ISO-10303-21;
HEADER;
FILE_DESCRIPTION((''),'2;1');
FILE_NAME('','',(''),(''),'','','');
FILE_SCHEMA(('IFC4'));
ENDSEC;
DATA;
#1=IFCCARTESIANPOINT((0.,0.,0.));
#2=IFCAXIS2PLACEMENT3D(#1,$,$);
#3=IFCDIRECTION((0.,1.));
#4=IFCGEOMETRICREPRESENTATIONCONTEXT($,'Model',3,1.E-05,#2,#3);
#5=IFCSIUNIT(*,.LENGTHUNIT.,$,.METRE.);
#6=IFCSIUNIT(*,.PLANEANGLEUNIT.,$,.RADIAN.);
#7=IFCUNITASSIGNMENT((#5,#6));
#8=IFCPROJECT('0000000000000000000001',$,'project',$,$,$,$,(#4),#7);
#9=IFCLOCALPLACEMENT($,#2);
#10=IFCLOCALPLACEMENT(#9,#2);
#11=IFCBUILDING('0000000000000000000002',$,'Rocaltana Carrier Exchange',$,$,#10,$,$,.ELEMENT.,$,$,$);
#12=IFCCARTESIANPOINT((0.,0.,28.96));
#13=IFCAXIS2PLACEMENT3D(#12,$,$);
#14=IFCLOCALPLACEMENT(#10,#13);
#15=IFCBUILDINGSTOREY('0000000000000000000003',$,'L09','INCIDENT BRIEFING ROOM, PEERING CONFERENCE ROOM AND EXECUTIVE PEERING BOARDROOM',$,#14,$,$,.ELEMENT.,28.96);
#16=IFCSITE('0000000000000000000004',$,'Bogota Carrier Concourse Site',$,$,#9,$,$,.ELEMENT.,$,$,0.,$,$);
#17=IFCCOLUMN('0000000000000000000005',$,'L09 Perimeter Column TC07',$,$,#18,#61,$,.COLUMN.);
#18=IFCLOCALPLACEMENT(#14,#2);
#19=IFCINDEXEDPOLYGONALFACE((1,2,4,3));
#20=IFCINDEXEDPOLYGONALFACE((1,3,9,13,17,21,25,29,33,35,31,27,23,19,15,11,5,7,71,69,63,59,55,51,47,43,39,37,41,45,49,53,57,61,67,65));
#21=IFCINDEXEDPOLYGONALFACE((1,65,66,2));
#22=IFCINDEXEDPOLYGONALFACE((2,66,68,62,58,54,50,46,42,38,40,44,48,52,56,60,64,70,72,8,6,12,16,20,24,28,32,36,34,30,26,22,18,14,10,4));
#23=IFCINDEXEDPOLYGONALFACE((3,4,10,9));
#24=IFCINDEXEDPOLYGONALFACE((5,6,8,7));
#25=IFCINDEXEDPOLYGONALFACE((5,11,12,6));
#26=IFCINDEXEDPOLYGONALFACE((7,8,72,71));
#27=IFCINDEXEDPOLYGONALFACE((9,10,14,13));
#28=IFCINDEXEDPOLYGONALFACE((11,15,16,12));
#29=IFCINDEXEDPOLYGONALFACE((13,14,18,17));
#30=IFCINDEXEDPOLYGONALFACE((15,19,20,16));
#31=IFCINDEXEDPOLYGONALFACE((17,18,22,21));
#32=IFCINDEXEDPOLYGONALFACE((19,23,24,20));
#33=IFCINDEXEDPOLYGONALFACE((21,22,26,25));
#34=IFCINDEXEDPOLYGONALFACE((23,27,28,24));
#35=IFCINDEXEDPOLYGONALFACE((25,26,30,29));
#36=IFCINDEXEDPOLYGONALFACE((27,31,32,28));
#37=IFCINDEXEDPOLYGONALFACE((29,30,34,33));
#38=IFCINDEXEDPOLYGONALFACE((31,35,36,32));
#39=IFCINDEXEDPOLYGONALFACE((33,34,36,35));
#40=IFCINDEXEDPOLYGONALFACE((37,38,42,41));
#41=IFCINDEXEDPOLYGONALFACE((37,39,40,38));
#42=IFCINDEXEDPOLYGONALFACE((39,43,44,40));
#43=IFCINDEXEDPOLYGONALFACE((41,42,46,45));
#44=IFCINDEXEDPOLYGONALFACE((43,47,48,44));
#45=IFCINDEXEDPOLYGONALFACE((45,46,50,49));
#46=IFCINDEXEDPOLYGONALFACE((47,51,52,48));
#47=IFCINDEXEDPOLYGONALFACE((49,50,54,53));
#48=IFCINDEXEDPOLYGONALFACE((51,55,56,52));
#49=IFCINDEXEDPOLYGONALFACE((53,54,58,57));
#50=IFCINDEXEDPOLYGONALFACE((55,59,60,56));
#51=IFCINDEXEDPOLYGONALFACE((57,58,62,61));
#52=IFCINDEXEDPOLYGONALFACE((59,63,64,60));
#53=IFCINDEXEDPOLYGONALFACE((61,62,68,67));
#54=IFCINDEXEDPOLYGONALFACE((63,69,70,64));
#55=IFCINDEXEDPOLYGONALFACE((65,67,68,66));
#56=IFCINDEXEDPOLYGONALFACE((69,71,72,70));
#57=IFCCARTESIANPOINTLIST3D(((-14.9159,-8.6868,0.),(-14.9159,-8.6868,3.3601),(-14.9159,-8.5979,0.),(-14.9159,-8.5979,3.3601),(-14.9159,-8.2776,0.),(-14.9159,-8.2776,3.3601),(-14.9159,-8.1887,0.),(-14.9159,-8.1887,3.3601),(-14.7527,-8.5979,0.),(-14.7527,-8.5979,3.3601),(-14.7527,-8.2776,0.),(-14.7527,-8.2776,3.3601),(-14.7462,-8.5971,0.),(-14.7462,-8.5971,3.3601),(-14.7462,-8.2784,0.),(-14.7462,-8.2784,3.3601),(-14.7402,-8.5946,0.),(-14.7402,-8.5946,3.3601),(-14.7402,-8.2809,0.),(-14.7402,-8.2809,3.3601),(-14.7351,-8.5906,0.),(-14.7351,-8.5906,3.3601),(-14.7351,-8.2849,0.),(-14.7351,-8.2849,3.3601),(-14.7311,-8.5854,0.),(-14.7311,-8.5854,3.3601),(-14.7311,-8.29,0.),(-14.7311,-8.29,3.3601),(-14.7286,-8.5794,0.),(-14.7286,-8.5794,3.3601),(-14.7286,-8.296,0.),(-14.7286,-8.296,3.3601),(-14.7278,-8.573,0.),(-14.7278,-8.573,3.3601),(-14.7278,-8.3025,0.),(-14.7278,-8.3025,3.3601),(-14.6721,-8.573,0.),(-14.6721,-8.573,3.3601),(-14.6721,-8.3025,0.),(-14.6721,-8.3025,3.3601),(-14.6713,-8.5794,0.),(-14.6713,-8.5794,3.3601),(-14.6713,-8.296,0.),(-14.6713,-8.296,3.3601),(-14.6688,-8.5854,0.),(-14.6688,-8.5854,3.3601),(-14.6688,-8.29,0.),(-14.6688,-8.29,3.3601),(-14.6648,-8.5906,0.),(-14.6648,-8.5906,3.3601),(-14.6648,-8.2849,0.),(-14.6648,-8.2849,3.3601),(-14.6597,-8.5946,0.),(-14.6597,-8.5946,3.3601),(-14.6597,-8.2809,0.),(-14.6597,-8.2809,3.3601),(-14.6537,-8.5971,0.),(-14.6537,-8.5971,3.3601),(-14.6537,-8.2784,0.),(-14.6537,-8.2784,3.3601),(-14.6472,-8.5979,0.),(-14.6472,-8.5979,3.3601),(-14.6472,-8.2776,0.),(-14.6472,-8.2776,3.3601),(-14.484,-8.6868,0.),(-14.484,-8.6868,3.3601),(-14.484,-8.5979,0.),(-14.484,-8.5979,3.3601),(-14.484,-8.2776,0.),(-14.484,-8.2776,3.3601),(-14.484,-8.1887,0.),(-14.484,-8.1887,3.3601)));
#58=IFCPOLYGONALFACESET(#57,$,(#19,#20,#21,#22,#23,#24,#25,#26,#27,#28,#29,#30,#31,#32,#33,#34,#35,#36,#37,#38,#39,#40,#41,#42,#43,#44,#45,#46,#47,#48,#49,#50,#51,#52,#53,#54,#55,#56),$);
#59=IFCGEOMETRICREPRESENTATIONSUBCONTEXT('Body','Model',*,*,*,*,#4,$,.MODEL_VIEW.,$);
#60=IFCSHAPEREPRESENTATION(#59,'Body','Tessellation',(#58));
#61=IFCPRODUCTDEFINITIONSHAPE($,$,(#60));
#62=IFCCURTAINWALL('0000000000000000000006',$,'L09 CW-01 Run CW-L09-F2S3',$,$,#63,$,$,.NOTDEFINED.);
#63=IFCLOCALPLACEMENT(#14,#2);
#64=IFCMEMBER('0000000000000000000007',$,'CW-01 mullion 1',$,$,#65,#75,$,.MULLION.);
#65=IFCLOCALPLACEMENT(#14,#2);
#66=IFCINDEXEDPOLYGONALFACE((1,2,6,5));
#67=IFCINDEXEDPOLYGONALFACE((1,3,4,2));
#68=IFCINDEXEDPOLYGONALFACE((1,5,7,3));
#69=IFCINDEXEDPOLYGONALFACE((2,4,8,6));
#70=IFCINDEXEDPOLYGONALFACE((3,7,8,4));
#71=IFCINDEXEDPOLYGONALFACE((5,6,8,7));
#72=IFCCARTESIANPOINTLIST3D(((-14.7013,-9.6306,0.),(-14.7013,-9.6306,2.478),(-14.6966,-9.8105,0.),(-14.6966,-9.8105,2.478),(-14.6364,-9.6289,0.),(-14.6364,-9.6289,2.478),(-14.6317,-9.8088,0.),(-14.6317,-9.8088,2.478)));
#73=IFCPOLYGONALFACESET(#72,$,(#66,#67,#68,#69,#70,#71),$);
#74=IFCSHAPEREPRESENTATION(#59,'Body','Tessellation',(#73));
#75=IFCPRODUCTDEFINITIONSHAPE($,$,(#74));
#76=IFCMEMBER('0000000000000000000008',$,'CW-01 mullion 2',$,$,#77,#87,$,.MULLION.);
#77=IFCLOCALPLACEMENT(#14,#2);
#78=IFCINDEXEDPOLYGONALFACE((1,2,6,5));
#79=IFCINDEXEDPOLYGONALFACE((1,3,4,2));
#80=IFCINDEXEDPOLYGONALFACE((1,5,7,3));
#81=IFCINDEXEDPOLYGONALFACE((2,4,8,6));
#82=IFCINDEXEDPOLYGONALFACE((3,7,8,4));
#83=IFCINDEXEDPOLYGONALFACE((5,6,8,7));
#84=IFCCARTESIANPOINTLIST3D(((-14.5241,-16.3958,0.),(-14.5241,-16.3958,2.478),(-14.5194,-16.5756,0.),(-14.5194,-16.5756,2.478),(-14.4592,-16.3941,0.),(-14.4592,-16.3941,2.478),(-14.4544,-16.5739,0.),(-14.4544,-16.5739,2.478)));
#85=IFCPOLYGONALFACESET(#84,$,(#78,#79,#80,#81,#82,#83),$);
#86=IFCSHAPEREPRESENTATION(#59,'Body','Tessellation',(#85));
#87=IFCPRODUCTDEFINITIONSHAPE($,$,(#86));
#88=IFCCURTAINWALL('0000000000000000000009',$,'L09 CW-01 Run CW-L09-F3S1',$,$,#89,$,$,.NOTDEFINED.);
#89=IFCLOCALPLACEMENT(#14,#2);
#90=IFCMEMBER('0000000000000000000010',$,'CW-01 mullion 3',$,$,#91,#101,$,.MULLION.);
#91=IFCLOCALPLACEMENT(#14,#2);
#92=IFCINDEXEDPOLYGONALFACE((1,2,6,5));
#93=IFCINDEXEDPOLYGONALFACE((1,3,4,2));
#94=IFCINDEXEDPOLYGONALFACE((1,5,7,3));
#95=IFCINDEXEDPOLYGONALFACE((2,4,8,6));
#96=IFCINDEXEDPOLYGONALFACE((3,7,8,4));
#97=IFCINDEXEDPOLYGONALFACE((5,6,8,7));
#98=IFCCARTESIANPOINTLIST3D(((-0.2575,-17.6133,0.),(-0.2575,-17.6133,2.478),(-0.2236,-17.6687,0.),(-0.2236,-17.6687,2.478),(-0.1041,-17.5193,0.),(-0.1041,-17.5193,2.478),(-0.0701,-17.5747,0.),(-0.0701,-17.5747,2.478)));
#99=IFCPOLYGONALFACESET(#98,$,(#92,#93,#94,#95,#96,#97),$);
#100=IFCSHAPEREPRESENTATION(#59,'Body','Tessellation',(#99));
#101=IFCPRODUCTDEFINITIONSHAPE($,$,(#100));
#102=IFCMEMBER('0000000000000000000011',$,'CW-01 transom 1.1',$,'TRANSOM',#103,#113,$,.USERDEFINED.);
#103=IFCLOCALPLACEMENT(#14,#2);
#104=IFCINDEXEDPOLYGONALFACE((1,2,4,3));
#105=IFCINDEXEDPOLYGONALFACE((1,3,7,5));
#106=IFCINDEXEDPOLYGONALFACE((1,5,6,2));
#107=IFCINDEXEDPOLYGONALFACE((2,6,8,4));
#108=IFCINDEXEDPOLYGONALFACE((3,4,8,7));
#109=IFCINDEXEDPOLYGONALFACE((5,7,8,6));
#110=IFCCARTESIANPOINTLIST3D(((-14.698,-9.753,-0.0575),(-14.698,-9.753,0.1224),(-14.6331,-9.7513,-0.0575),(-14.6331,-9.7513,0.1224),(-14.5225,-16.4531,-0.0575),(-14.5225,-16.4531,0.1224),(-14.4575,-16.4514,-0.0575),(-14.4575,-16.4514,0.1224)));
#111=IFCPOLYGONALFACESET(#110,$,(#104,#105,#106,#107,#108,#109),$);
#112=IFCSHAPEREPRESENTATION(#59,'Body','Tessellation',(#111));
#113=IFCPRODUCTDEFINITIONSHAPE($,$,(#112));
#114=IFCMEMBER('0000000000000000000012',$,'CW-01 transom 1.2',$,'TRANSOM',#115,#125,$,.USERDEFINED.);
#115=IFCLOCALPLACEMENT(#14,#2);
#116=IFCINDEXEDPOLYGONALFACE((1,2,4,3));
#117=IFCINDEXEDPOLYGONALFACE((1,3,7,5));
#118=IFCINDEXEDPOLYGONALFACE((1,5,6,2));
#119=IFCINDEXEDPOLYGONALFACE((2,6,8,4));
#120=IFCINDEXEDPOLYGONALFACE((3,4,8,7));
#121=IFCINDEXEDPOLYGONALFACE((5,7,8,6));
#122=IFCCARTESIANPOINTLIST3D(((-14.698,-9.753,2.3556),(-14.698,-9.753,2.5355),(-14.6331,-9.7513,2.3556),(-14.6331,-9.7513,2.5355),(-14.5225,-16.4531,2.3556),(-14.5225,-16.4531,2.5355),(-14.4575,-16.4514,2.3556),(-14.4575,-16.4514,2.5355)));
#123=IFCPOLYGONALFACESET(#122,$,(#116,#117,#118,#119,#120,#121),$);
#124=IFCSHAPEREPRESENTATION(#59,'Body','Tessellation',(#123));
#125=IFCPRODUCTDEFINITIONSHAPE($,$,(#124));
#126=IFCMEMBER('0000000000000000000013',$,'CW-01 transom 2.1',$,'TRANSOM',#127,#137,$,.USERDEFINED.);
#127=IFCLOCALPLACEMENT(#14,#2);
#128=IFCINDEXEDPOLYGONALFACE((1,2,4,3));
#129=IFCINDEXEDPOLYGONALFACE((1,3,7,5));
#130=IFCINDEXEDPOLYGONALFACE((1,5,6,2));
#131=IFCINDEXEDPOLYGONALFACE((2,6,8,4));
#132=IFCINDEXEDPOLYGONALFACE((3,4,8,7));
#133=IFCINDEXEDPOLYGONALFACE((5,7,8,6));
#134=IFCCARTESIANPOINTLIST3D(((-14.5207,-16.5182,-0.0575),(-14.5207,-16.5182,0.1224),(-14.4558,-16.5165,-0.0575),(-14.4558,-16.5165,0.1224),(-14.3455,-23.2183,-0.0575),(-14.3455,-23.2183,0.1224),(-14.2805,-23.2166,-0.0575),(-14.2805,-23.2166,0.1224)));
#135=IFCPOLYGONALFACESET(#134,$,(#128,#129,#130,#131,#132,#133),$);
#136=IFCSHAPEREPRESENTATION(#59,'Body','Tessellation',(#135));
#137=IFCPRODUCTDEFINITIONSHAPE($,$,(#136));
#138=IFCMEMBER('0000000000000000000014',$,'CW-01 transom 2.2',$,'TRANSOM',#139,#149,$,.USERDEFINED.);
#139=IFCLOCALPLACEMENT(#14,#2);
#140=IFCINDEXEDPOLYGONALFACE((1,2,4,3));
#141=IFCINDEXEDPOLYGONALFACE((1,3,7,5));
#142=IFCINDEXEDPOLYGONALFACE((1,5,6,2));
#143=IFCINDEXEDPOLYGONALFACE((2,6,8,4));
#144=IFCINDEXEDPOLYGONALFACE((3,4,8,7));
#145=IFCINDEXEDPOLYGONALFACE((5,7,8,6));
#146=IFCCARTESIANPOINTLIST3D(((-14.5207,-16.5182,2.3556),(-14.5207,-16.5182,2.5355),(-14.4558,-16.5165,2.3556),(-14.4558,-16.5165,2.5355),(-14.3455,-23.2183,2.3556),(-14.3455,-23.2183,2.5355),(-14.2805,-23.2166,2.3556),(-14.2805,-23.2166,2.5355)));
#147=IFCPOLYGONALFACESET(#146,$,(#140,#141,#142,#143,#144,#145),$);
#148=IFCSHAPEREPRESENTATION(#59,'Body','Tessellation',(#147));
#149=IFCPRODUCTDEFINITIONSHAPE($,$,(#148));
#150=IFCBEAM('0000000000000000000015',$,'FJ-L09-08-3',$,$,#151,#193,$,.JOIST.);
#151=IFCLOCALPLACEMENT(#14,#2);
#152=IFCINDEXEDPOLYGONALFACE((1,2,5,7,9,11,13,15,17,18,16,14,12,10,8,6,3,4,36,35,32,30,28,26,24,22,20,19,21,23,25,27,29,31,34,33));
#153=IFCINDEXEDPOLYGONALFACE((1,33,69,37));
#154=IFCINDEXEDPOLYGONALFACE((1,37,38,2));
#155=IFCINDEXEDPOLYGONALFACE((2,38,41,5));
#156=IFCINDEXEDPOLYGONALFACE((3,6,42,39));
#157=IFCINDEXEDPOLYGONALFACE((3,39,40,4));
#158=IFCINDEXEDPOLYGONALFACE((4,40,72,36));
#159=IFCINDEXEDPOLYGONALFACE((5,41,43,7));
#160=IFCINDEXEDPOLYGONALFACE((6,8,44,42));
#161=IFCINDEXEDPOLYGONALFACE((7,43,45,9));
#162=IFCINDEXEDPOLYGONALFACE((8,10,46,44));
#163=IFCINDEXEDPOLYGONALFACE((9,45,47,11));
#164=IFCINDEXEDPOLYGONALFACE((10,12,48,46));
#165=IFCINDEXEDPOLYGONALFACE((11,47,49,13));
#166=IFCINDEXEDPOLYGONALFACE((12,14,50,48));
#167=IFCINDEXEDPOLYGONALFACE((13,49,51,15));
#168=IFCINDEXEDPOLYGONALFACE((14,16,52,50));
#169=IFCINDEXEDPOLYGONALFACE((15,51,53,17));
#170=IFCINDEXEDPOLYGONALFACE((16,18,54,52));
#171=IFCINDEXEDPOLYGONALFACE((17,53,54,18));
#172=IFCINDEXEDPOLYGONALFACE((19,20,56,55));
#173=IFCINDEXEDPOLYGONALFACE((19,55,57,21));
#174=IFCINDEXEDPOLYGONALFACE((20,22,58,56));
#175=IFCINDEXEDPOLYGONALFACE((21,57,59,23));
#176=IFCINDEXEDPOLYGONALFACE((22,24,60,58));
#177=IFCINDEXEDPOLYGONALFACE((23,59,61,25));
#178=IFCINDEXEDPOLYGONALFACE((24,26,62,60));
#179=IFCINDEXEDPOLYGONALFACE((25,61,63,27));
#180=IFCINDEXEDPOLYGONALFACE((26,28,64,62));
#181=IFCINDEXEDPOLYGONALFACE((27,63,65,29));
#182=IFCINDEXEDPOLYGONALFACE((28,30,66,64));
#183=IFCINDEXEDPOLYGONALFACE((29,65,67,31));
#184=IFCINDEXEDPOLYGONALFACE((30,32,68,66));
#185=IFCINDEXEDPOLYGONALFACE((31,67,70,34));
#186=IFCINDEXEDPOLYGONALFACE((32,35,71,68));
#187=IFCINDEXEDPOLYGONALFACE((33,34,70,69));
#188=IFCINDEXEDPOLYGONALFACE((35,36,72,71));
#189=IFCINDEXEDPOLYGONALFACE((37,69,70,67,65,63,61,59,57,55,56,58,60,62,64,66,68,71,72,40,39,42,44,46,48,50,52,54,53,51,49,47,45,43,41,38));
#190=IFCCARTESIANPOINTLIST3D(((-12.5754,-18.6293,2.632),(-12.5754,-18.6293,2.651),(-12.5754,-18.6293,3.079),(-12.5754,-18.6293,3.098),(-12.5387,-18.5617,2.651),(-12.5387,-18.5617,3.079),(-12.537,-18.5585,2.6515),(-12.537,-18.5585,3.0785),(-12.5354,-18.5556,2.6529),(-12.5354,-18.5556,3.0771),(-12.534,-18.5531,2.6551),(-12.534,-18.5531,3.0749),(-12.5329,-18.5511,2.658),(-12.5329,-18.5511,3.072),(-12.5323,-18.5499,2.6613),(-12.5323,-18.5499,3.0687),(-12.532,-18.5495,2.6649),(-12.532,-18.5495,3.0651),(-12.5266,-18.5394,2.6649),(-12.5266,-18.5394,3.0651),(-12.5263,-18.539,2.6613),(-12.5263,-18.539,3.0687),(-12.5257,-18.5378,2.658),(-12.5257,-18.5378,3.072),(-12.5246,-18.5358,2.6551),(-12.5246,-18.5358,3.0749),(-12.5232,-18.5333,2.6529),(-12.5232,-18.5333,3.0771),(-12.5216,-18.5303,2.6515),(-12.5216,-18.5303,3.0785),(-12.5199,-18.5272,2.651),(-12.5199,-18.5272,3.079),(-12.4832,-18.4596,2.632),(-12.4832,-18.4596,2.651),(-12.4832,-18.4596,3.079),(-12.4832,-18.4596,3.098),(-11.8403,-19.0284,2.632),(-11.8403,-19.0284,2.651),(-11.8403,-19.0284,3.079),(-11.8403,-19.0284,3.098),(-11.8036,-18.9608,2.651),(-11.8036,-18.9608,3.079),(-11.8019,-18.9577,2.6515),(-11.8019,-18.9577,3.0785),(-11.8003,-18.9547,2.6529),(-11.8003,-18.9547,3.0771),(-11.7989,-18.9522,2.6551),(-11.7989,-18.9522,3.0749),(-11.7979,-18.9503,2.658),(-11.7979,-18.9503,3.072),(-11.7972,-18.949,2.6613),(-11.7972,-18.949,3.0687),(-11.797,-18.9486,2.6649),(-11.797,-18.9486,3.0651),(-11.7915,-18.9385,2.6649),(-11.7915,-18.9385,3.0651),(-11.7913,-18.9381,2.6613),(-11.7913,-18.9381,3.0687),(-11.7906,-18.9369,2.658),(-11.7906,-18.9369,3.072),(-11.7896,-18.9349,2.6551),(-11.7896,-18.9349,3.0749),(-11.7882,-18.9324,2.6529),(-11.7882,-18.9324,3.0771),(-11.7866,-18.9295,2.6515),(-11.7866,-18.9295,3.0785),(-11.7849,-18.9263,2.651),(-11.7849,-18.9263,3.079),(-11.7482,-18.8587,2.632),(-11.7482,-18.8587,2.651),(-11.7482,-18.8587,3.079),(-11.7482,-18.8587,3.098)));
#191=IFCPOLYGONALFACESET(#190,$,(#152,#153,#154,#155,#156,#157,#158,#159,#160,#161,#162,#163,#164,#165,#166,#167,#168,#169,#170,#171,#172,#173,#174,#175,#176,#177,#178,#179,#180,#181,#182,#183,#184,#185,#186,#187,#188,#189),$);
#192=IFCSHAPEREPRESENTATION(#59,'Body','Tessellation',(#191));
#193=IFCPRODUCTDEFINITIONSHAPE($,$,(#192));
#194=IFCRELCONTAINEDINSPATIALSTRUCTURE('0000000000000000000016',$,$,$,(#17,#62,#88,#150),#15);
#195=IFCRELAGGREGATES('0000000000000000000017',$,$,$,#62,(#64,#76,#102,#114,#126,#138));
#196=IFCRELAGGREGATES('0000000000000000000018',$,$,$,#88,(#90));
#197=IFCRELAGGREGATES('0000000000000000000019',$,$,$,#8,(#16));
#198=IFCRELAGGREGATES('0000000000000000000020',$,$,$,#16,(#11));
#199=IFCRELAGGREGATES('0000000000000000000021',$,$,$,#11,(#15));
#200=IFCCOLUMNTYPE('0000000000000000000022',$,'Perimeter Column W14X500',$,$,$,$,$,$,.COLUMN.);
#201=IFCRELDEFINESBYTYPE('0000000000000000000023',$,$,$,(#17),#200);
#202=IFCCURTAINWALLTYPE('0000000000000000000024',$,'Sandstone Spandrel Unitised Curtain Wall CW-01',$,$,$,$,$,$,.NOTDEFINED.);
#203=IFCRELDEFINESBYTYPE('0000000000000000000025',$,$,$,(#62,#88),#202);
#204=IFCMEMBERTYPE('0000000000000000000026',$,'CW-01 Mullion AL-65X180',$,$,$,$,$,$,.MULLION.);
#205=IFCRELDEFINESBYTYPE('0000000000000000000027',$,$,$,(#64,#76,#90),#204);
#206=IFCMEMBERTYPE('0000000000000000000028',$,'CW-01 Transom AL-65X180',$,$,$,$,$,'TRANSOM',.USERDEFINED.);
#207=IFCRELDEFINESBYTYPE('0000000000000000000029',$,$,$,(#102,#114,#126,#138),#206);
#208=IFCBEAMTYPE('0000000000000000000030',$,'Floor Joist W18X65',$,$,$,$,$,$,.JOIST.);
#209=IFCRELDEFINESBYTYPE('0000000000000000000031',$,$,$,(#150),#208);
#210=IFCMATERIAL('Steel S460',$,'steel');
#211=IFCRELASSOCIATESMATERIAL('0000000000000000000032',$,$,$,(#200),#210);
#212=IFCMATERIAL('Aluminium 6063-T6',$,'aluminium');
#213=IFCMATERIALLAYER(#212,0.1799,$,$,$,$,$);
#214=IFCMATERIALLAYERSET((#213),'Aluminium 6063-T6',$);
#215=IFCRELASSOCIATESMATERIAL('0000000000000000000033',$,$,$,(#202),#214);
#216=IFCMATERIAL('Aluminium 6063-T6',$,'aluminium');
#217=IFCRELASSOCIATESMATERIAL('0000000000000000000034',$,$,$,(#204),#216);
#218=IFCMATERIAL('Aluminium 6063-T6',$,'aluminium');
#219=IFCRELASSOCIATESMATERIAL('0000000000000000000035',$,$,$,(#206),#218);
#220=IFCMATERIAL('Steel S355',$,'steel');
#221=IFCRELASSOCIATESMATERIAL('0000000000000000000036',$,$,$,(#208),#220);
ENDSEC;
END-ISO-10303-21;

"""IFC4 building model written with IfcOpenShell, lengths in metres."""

from ifc_helpers import new_model, si_unit, direction, frame, origin, origin_2d, place, context, subcontext, project, spatial, rectangle, i_section, extrude, material, layer, layer_set, material_profile, profile_set, type_object, element, aggregate, save


model = new_model("IFC4")

# Units and contexts
model_context = context("Model", 3, precision=1e-05, world=origin(), true_north=direction((0.0, 1.0)))
body_context = subcontext(model_context, "Body", "Model", "MODEL_VIEW")
ifc_project = project(units=[si_unit("LENGTHUNIT", "METRE"), si_unit("PLANEANGLEUNIT", "RADIAN")], contexts=[model_context])

# Site, building, storey
site_placement = place(None, origin())
site = spatial("IfcSite", under=ifc_project, at=site_placement, Name="Bogota Carrier Concourse Site", CompositionType="ELEMENT", RefElevation=0.0)
building_placement = place(site_placement, origin())
building = spatial("IfcBuilding", under=site, at=building_placement, Name="Rocaltana Carrier Exchange", CompositionType="ELEMENT")
storey_placement = place(building_placement, frame((0.0, 0.0, 28.96)))
storey = spatial("IfcBuildingStorey", under=building, at=storey_placement, Name="L09", Description="INCIDENT BRIEFING ROOM, PEERING CONFERENCE ROOM AND EXECUTIVE PEERING BOARDROOM", CompositionType="ELEMENT", Elevation=28.96)

# Column
ifc_material_1 = material(Name="Steel S460", Category="steel")
ifc_material_profile_1 = material_profile(ifc_material_1, i_section(OverallWidth=0.4319, OverallDepth=0.498, WebThickness=0.0557, FlangeThickness=0.0889, FilletRadius=0.0249, at=origin_2d()), Name="W14X500")
ifc_profile_set_1 = profile_set([ifc_material_profile_1], Name="Steel S460")
column_type = type_object("IfcColumnType", Name="Perimeter Column W14X500", PredefinedType="COLUMN", material=ifc_profile_set_1)
column_placement = place(storey_placement, frame((-14.7, -8.4377, 0.0), z_axis=(0.0, 0.0, 1.0), x_axis=(1.0, 0.0, 0.0)))
element("IfcColumn", 1, at=column_placement, inside=storey, type_object=column_type, Name="L09 Perimeter Column TC07", PredefinedType="COLUMN", context=body_context, shape_type="SweptSolid", body=[
    extrude(i_section(OverallWidth=0.4319, OverallDepth=0.498, WebThickness=0.0557, FlangeThickness=0.0889, FilletRadius=0.0249, at=origin_2d()), origin(), (0.0, 0.0, 1.0), 3.3601),
])

# Curtain wall, members
ifc_material_2 = material(Name="Aluminium 6063-T6", Category="aluminium")
ifc_layer_1 = layer(ifc_material_2, 0.1799)
ifc_layer_set_1 = layer_set([ifc_layer_1], Name="Aluminium 6063-T6")
curtain_wall_type = type_object("IfcCurtainWallType", Name="Sandstone Spandrel Unitised Curtain Wall CW-01", PredefinedType="NOTDEFINED", material=ifc_layer_set_1)
curtain_wall_1_placement = place(storey_placement, origin())
curtain_wall_1 = element("IfcCurtainWall", 2, at=curtain_wall_1_placement, inside=storey, type_object=curtain_wall_type, Name="L09 CW-01 Run CW-L09-F2S3", PredefinedType="NOTDEFINED")
ifc_material_3 = material(Name="Aluminium 6063-T6", Category="aluminium")
ifc_material_profile_2 = material_profile(ifc_material_3, rectangle(XDim=0.0649, YDim=0.1799, at=origin_2d()), Name="AL-65X180")
ifc_profile_set_2 = profile_set([ifc_material_profile_2], Name="Aluminium 6063-T6")
member_type_1 = type_object("IfcMemberType", Name="CW-01 Mullion AL-65X180", PredefinedType="MULLION", material=ifc_profile_set_2)
member_1_placement = place(storey_placement, frame((-14.6665, -9.7197, 0.0), z_axis=(0.0, 0.0, 1.0), x_axis=(0.999657, 0.026184, 0.0)))
member_1 = element("IfcMember", 3, at=member_1_placement, type_object=member_type_1, Name="CW-01 mullion 1", PredefinedType="MULLION", context=body_context, shape_type="SweptSolid", body=[
    extrude(rectangle(XDim=0.0649, YDim=0.1799, at=origin_2d()), origin(), (0.0, 0.0, 1.0), 2.478),
])
member_2_placement = place(storey_placement, frame((-14.4893, -16.4849, 0.0), z_axis=(0.0, 0.0, 1.0), x_axis=(0.999657, 0.026184, 0.0)))
member_2 = element("IfcMember", 4, at=member_2_placement, type_object=member_type_1, Name="CW-01 mullion 2", PredefinedType="MULLION", context=body_context, shape_type="SweptSolid", body=[
    extrude(rectangle(XDim=0.0649, YDim=0.1799, at=origin_2d()), origin(), (0.0, 0.0, 1.0), 2.478),
])

# Curtain wall, member
curtain_wall_2_placement = place(storey_placement, origin())
curtain_wall_2 = element("IfcCurtainWall", 5, at=curtain_wall_2_placement, inside=storey, type_object=curtain_wall_type, Name="L09 CW-01 Run CW-L09-F3S1", PredefinedType="NOTDEFINED")
member_3_placement = place(storey_placement, frame((-0.1638, -17.594, 0.0), z_axis=(0.0, 0.0, 1.0), x_axis=(-0.522505, 0.852636, 0.0)))
member_3 = element("IfcMember", 6, at=member_3_placement, type_object=member_type_1, Name="CW-01 mullion 3", PredefinedType="MULLION", context=body_context, shape_type="SweptSolid", body=[
    extrude(rectangle(XDim=0.0649, YDim=0.1799, at=origin_2d()), origin(), (0.0, 0.0, 1.0), 2.478),
])

# Members
ifc_material_4 = material(Name="Aluminium 6063-T6", Category="aluminium")
ifc_material_profile_3 = material_profile(ifc_material_4, rectangle(XDim=0.0649, YDim=0.1799, at=origin_2d()), Name="AL-65X180")
ifc_profile_set_3 = profile_set([ifc_material_profile_3], Name="Aluminium 6063-T6")
member_type_2 = type_object("IfcMemberType", Name="CW-01 Transom AL-65X180", ElementType="TRANSOM", PredefinedType="USERDEFINED", material=ifc_profile_set_3)
member_4_placement = place(storey_placement, frame((-14.6655, -9.7522, 0.0325), z_axis=(0.02619, -0.999657, 0.0), x_axis=(0.999657, 0.02619, 0.0)))
member_4 = element("IfcMember", 7, at=member_4_placement, type_object=member_type_2, Name="CW-01 transom 1.1", ObjectType="TRANSOM", PredefinedType="USERDEFINED", context=body_context, shape_type="SweptSolid", body=[
    extrude(rectangle(XDim=0.0649, YDim=0.1799, at=origin_2d()), origin(), (0.0, 0.0, 1.0), 6.7024),
])
member_5_placement = place(storey_placement, frame((-14.6655, -9.7522, 2.4456), z_axis=(0.02619, -0.999657, 0.0), x_axis=(0.999657, 0.02619, 0.0)))
member_5 = element("IfcMember", 8, at=member_5_placement, type_object=member_type_2, Name="CW-01 transom 1.2", ObjectType="TRANSOM", PredefinedType="USERDEFINED", context=body_context, shape_type="SweptSolid", body=[
    extrude(rectangle(XDim=0.0649, YDim=0.1799, at=origin_2d()), origin(), (0.0, 0.0, 1.0), 6.7024),
])
member_6_placement = place(storey_placement, frame((-14.4883, -16.5173, 0.0325), z_axis=(0.026153, -0.999658, 0.0), x_axis=(0.999658, 0.026153, 0.0)))
member_6 = element("IfcMember", 9, at=member_6_placement, type_object=member_type_2, Name="CW-01 transom 2.1", ObjectType="TRANSOM", PredefinedType="USERDEFINED", context=body_context, shape_type="SweptSolid", body=[
    extrude(rectangle(XDim=0.0649, YDim=0.1799, at=origin_2d()), origin(), (0.0, 0.0, 1.0), 6.7024),
])
member_7_placement = place(storey_placement, frame((-14.4883, -16.5173, 2.4456), z_axis=(0.026153, -0.999658, 0.0), x_axis=(0.999658, 0.026153, 0.0)))
member_7 = element("IfcMember", 10, at=member_7_placement, type_object=member_type_2, Name="CW-01 transom 2.2", ObjectType="TRANSOM", PredefinedType="USERDEFINED", context=body_context, shape_type="SweptSolid", body=[
    extrude(rectangle(XDim=0.0649, YDim=0.1799, at=origin_2d()), origin(), (0.0, 0.0, 1.0), 6.7024),
])

# Beam
ifc_material_5 = material(Name="Steel S355", Category="steel")
ifc_material_profile_4 = material_profile(ifc_material_5, i_section(OverallWidth=0.1931, OverallDepth=0.4661, WebThickness=0.0115, FlangeThickness=0.019, FilletRadius=0.0139, at=origin_2d()), Name="W18X65")
ifc_profile_set_4 = profile_set([ifc_material_profile_4], Name="Steel S355")
beam_type_1 = type_object("IfcBeamType", Name="Floor Joist W18X65", PredefinedType="JOIST", material=ifc_profile_set_4)
beam_1_placement = place(storey_placement, frame((-12.5293, -18.5444, 2.865), z_axis=(0.878797, -0.477195, 0.0), x_axis=(0.477195, 0.878797, 0.0)))
element("IfcBeam", 11, at=beam_1_placement, inside=storey, type_object=beam_type_1, Name="FJ-L09-08-3", PredefinedType="JOIST", context=body_context, shape_type="SweptSolid", body=[
    extrude(i_section(OverallWidth=0.1931, OverallDepth=0.4661, WebThickness=0.0115, FlangeThickness=0.019, FilletRadius=0.0139, at=origin_2d()), origin(), (0.0, 0.0, 1.0), 0.8364),
])

aggregate(curtain_wall_1, [member_1, member_2, member_4, member_5, member_6, member_7])
aggregate(curtain_wall_2, [member_3])

save(model, "model.ifc")
